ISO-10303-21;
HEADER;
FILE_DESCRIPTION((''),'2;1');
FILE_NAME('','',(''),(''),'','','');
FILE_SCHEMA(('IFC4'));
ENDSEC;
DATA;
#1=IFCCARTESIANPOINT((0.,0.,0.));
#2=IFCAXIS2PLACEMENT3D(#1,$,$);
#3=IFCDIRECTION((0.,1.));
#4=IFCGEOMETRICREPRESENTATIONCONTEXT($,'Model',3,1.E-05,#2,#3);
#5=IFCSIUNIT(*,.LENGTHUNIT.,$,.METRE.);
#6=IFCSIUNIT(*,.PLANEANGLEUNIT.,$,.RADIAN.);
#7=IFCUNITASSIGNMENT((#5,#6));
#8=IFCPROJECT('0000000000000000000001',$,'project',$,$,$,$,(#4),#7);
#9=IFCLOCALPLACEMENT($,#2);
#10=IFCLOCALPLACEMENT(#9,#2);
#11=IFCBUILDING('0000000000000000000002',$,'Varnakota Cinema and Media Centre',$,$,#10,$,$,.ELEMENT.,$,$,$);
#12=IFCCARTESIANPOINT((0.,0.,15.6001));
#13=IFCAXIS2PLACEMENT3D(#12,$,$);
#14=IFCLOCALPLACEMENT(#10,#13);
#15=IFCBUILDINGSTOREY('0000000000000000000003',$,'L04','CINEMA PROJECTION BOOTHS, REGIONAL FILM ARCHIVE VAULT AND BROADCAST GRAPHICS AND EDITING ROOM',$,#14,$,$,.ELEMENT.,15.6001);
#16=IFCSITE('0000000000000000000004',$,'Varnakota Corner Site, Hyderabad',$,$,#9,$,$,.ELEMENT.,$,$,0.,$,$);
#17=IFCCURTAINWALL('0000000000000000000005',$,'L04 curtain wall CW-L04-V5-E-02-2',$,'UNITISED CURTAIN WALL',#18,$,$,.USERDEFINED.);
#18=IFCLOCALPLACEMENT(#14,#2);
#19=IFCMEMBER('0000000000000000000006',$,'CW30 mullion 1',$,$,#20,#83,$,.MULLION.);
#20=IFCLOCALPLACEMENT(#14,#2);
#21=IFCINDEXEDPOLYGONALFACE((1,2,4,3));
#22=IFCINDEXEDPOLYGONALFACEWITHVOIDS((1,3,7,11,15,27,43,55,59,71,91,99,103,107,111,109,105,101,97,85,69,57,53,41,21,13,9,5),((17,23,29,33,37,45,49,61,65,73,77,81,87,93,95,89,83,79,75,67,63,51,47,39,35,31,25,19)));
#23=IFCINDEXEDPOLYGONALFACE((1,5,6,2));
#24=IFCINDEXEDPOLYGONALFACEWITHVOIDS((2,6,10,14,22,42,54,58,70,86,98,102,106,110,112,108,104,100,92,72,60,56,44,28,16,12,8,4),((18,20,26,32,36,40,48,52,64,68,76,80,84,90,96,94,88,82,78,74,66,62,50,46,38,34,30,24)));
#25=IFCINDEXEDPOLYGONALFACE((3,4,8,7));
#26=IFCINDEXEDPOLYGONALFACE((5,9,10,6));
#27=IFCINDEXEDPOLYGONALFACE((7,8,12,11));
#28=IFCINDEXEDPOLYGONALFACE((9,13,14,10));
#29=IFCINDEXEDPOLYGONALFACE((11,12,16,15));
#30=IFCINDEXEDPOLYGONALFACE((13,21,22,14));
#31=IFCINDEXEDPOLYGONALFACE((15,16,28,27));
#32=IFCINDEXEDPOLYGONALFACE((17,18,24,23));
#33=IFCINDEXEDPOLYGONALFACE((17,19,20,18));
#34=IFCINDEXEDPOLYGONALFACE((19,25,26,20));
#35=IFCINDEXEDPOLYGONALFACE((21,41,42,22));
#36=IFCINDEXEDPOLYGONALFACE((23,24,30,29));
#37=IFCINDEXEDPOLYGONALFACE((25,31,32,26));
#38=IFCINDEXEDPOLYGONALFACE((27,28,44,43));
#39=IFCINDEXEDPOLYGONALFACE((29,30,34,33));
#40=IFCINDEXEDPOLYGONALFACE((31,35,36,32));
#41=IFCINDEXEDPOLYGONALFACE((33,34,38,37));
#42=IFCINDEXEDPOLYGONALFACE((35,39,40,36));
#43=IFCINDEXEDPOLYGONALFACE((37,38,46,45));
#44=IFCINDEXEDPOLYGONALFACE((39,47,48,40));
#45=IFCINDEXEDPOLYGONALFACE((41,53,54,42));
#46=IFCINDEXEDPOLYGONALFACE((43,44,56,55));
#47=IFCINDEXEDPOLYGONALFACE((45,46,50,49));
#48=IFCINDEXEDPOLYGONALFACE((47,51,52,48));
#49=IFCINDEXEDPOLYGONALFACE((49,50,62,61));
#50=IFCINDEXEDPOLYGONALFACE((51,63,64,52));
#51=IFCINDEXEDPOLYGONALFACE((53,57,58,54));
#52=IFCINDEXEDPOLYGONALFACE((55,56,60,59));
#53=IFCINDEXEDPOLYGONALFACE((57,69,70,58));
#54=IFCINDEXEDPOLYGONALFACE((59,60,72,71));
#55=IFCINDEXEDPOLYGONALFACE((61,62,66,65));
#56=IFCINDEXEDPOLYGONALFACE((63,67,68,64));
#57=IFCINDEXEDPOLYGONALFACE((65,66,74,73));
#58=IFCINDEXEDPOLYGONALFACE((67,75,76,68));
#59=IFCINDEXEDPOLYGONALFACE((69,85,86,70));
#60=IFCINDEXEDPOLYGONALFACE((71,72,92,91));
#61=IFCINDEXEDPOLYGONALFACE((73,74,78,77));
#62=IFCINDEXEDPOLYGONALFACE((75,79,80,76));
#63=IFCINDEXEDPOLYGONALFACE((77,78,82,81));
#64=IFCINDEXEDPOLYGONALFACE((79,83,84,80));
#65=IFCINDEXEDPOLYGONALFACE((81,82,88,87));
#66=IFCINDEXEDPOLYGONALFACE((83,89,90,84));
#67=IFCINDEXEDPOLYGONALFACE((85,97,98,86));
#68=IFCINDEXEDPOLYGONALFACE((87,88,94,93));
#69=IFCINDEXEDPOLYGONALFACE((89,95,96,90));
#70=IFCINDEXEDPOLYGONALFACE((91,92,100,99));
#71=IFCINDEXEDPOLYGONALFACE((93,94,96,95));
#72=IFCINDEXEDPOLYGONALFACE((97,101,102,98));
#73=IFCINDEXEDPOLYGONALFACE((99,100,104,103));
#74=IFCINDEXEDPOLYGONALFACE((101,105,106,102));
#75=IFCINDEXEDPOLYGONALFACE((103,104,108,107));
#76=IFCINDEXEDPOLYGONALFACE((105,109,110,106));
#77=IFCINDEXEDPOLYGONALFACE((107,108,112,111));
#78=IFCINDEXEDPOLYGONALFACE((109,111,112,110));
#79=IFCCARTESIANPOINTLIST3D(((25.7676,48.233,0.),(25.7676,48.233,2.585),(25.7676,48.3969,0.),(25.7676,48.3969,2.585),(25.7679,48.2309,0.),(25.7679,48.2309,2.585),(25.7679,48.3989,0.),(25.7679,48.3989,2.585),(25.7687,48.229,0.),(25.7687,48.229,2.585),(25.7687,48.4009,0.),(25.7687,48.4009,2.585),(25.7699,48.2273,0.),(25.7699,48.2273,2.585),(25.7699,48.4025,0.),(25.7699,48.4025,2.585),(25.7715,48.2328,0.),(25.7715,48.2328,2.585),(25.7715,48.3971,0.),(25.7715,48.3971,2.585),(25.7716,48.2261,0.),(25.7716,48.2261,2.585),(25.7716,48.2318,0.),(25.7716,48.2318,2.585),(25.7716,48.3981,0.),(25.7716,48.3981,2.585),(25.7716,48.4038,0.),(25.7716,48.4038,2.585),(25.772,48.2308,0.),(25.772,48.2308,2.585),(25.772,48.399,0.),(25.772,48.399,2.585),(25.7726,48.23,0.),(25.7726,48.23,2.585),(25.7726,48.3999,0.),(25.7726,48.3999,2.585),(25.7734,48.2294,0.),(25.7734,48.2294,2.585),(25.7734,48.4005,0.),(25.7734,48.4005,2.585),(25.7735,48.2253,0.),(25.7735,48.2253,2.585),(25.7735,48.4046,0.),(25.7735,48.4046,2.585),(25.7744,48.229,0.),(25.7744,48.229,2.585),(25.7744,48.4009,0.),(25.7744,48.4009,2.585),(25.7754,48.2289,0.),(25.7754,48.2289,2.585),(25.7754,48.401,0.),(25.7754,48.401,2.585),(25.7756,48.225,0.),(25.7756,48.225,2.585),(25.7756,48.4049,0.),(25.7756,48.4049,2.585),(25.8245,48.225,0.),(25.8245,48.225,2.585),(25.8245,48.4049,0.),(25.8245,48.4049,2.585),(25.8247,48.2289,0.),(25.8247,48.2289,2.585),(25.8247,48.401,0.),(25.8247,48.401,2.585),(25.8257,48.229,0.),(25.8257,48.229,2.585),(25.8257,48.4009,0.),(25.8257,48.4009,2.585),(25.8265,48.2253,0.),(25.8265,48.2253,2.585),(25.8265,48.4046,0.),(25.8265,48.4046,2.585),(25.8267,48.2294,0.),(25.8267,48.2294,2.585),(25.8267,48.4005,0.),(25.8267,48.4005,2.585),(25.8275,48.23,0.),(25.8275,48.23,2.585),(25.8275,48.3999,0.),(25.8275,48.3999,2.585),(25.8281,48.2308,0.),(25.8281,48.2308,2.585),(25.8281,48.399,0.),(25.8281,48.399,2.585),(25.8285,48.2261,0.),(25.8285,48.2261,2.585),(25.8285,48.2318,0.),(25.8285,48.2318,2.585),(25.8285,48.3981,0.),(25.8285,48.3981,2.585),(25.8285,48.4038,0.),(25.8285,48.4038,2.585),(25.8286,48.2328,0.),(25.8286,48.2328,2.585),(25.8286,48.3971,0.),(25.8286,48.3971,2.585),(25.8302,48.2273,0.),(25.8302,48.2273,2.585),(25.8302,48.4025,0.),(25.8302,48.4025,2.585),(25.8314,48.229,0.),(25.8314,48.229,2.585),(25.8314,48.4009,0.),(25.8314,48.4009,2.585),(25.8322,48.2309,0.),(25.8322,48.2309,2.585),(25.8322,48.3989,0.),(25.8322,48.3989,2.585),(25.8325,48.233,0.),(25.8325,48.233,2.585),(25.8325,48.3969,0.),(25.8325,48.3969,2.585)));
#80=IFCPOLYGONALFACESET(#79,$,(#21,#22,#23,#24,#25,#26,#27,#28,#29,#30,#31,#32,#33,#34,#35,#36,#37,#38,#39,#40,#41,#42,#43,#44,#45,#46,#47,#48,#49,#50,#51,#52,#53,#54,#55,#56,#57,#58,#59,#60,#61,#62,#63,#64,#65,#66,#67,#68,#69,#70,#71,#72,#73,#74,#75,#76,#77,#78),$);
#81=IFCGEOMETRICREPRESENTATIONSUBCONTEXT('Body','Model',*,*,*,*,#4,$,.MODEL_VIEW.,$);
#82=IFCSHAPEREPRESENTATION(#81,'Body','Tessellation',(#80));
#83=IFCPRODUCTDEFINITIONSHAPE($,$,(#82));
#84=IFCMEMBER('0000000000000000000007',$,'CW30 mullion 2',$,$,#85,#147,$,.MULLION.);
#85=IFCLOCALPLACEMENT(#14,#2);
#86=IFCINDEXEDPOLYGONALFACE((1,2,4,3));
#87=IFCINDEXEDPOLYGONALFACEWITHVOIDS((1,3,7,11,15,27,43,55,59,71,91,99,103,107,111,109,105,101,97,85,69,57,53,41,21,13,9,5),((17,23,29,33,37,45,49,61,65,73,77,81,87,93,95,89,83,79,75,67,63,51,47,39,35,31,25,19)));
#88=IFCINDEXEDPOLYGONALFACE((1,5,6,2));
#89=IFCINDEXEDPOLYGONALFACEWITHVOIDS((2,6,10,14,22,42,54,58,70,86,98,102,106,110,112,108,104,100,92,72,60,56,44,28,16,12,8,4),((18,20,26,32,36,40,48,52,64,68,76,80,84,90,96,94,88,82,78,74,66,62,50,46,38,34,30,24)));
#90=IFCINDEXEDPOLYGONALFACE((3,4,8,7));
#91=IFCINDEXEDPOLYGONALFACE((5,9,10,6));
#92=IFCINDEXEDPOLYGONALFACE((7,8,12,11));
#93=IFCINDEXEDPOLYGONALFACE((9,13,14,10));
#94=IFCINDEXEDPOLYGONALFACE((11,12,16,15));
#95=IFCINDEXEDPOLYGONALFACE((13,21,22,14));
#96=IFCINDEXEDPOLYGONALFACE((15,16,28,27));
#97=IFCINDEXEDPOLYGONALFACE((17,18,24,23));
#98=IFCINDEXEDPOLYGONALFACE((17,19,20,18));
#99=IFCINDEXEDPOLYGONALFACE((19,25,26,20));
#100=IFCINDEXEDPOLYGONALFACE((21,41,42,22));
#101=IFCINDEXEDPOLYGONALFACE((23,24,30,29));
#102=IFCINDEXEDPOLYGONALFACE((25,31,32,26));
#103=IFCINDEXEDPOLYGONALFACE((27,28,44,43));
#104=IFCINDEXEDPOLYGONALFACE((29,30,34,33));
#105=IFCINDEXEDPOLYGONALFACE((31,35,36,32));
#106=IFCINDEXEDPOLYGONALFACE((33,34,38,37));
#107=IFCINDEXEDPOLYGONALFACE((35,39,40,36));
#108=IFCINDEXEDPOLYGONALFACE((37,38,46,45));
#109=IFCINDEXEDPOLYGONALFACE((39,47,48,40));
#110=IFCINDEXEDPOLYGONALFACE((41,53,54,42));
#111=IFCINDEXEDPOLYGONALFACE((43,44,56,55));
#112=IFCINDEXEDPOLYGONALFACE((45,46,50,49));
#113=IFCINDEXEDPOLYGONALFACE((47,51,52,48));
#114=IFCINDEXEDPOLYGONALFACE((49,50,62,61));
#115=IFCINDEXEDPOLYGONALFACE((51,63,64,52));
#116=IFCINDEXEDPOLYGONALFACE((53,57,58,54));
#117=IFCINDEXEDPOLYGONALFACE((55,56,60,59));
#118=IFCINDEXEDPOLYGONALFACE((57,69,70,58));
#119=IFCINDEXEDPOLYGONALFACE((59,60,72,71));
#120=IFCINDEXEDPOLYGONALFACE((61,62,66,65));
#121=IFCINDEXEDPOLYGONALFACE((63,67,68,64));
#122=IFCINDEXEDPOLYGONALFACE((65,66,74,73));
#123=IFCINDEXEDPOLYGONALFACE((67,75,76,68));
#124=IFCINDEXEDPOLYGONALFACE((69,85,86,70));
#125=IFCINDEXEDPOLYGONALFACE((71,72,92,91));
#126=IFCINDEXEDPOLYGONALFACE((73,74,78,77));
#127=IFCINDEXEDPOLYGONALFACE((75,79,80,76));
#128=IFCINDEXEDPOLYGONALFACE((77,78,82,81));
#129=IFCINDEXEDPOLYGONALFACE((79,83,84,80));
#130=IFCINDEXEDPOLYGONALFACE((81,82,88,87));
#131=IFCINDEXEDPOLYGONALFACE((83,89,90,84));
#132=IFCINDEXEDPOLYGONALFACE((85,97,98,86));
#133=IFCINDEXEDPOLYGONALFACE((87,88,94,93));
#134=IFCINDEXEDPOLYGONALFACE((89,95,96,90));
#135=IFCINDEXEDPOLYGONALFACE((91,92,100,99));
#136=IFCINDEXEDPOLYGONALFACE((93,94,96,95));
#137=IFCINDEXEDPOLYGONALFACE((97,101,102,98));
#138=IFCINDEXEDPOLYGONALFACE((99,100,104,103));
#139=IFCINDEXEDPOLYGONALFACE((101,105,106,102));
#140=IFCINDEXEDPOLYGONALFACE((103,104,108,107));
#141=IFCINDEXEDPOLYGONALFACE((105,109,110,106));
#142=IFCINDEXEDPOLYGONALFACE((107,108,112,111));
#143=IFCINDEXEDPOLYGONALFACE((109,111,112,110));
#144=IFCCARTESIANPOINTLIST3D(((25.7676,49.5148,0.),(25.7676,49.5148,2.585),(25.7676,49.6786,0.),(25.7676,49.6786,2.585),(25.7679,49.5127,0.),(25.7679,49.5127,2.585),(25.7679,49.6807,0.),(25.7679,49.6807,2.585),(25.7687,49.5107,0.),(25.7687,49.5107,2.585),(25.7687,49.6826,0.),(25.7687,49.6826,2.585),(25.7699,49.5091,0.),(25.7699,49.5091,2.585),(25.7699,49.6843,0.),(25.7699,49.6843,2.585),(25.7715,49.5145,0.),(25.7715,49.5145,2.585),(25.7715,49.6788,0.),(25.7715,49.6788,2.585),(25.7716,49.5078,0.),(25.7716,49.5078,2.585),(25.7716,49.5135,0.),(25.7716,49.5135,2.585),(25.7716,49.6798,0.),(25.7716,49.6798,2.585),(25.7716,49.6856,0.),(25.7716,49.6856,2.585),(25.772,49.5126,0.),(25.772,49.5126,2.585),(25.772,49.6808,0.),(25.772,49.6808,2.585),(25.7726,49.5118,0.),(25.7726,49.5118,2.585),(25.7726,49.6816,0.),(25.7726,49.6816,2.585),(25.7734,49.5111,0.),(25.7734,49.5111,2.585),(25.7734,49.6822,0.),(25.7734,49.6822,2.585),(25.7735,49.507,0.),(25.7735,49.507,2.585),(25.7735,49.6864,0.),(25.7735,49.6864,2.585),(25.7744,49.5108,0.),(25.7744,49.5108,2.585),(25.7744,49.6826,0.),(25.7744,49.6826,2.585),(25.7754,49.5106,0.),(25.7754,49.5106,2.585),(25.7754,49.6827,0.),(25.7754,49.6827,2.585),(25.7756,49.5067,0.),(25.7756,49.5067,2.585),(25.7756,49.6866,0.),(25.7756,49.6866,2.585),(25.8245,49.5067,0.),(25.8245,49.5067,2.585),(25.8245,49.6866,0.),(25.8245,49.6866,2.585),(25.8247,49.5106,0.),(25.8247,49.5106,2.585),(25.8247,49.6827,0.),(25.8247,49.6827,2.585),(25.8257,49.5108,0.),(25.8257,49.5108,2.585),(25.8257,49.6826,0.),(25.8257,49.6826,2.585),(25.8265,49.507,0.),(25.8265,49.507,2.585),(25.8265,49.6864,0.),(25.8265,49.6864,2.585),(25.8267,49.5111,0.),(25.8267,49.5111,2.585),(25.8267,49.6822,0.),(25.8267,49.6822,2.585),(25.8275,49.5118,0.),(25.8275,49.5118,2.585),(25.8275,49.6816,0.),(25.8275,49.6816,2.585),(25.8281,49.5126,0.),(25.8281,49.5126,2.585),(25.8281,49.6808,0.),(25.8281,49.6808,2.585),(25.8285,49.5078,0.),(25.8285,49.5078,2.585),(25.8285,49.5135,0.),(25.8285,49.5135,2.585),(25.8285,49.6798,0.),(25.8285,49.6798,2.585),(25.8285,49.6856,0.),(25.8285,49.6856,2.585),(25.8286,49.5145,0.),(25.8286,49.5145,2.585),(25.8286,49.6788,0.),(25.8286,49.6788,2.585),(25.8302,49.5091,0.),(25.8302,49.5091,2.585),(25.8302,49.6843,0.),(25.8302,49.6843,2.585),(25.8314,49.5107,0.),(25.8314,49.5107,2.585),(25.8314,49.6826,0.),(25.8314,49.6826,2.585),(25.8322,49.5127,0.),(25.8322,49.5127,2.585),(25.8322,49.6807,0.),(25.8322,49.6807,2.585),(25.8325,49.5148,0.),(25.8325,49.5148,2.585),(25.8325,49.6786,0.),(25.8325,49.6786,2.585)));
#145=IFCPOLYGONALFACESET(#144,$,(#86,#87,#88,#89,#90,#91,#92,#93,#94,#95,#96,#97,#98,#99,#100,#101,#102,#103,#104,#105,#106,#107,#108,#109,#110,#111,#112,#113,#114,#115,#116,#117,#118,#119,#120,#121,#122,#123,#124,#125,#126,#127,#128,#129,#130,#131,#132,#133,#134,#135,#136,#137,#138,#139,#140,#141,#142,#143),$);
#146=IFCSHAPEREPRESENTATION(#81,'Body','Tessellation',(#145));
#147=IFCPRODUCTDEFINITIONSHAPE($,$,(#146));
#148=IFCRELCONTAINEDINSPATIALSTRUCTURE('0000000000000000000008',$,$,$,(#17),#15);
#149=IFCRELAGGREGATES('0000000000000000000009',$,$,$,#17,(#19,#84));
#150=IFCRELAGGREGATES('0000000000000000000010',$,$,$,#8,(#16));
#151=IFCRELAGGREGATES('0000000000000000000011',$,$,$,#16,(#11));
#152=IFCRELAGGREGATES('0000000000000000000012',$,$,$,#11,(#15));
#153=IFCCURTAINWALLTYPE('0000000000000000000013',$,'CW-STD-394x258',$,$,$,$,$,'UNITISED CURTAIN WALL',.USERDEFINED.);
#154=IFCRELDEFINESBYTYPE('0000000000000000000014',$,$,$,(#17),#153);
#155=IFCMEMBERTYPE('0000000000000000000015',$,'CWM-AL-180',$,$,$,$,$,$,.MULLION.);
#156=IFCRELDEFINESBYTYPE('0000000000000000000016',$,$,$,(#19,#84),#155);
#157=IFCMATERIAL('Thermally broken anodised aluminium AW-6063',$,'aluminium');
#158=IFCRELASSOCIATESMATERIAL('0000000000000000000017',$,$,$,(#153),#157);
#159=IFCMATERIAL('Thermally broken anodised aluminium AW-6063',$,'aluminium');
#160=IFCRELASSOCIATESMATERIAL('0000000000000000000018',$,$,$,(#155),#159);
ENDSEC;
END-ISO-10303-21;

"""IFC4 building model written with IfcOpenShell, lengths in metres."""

from ifc_helpers import new_model, si_unit, direction, frame, origin, origin_2d, place, context, subcontext, project, spatial, hollow_rectangle, extrude, material, material_profile, profile_set, type_object, element, aggregate, save


model = new_model("IFC4")

# Units and contexts
model_context = context("Model", 3, precision=1e-05, world=origin(), true_north=direction((0.0, 1.0)))
body_context = subcontext(model_context, "Body", "Model", "MODEL_VIEW")
ifc_project = project(units=[si_unit("LENGTHUNIT", "METRE"), si_unit("PLANEANGLEUNIT", "RADIAN")], contexts=[model_context])

# Site, building, storey
site_placement = place(None, origin())
site = spatial("IfcSite", under=ifc_project, at=site_placement, Name="Varnakota Corner Site, Hyderabad", CompositionType="ELEMENT", RefElevation=0.0)
building_placement = place(site_placement, origin())
building = spatial("IfcBuilding", under=site, at=building_placement, Name="Varnakota Cinema and Media Centre", CompositionType="ELEMENT")
storey_placement = place(building_placement, frame((0.0, 0.0, 15.6001)))
storey = spatial("IfcBuildingStorey", under=building, at=storey_placement, Name="L04", Description="CINEMA PROJECTION BOOTHS, REGIONAL FILM ARCHIVE VAULT AND BROADCAST GRAPHICS AND EDITING ROOM", CompositionType="ELEMENT", Elevation=15.6001)

# Curtain wall, members
ifc_material_1 = material(Name="Thermally broken anodised aluminium AW-6063", Category="aluminium")
curtain_wall_type = type_object("IfcCurtainWallType", Name="CW-STD-394x258", ElementType="UNITISED CURTAIN WALL", PredefinedType="USERDEFINED", material=ifc_material_1)
ifc_material_2 = material(Name="Thermally broken anodised aluminium AW-6063", Category="aluminium")
ifc_material_profile_1 = material_profile(ifc_material_2, hollow_rectangle(XDim=0.0649, YDim=0.1799, WallThickness=0.0039, InnerFilletRadius=0.0039, OuterFilletRadius=0.0081, at=origin_2d()), Name="AL-MULLION 180x65x4")
ifc_profile_set_1 = profile_set([ifc_material_profile_1], Name="Thermally broken anodised aluminium AW-6063")
member_type_1 = type_object("IfcMemberType", Name="CWM-AL-180", PredefinedType="MULLION", material=ifc_profile_set_1)
curtain_wall_1_placement = place(storey_placement, origin())
curtain_wall_1 = element("IfcCurtainWall", 1, at=curtain_wall_1_placement, inside=storey, type_object=curtain_wall_type, Name="L04 curtain wall CW-L04-V5-E-02-2", ObjectType="UNITISED CURTAIN WALL", PredefinedType="USERDEFINED")
member_1_placement = place(storey_placement, frame((25.8, 48.3149, 0.0), z_axis=(0.0, 0.0, 1.0), x_axis=(-1.0, 0.0, 0.0)))
member_1 = element("IfcMember", 2, at=member_1_placement, type_object=member_type_1, Name="CW30 mullion 1", PredefinedType="MULLION", context=body_context, shape_type="SweptSolid", body=[
    extrude(hollow_rectangle(XDim=0.0649, YDim=0.1799, WallThickness=0.0039, InnerFilletRadius=0.0039, OuterFilletRadius=0.0081, at=origin_2d()), origin(), (0.0, 0.0, 1.0), 2.585),
])
member_2_placement = place(storey_placement, frame((25.8, 49.5967, 0.0), z_axis=(0.0, 0.0, 1.0), x_axis=(-1.0, 0.0, 0.0)))
member_2 = element("IfcMember", 3, at=member_2_placement, type_object=member_type_1, Name="CW30 mullion 2", PredefinedType="MULLION", context=body_context, shape_type="SweptSolid", body=[
    extrude(hollow_rectangle(XDim=0.0649, YDim=0.1799, WallThickness=0.0039, InnerFilletRadius=0.0039, OuterFilletRadius=0.0081, at=origin_2d()), origin(), (0.0, 0.0, 1.0), 2.585),
])

aggregate(curtain_wall_1, [member_1, member_2])

save(model, "model.ifc")
